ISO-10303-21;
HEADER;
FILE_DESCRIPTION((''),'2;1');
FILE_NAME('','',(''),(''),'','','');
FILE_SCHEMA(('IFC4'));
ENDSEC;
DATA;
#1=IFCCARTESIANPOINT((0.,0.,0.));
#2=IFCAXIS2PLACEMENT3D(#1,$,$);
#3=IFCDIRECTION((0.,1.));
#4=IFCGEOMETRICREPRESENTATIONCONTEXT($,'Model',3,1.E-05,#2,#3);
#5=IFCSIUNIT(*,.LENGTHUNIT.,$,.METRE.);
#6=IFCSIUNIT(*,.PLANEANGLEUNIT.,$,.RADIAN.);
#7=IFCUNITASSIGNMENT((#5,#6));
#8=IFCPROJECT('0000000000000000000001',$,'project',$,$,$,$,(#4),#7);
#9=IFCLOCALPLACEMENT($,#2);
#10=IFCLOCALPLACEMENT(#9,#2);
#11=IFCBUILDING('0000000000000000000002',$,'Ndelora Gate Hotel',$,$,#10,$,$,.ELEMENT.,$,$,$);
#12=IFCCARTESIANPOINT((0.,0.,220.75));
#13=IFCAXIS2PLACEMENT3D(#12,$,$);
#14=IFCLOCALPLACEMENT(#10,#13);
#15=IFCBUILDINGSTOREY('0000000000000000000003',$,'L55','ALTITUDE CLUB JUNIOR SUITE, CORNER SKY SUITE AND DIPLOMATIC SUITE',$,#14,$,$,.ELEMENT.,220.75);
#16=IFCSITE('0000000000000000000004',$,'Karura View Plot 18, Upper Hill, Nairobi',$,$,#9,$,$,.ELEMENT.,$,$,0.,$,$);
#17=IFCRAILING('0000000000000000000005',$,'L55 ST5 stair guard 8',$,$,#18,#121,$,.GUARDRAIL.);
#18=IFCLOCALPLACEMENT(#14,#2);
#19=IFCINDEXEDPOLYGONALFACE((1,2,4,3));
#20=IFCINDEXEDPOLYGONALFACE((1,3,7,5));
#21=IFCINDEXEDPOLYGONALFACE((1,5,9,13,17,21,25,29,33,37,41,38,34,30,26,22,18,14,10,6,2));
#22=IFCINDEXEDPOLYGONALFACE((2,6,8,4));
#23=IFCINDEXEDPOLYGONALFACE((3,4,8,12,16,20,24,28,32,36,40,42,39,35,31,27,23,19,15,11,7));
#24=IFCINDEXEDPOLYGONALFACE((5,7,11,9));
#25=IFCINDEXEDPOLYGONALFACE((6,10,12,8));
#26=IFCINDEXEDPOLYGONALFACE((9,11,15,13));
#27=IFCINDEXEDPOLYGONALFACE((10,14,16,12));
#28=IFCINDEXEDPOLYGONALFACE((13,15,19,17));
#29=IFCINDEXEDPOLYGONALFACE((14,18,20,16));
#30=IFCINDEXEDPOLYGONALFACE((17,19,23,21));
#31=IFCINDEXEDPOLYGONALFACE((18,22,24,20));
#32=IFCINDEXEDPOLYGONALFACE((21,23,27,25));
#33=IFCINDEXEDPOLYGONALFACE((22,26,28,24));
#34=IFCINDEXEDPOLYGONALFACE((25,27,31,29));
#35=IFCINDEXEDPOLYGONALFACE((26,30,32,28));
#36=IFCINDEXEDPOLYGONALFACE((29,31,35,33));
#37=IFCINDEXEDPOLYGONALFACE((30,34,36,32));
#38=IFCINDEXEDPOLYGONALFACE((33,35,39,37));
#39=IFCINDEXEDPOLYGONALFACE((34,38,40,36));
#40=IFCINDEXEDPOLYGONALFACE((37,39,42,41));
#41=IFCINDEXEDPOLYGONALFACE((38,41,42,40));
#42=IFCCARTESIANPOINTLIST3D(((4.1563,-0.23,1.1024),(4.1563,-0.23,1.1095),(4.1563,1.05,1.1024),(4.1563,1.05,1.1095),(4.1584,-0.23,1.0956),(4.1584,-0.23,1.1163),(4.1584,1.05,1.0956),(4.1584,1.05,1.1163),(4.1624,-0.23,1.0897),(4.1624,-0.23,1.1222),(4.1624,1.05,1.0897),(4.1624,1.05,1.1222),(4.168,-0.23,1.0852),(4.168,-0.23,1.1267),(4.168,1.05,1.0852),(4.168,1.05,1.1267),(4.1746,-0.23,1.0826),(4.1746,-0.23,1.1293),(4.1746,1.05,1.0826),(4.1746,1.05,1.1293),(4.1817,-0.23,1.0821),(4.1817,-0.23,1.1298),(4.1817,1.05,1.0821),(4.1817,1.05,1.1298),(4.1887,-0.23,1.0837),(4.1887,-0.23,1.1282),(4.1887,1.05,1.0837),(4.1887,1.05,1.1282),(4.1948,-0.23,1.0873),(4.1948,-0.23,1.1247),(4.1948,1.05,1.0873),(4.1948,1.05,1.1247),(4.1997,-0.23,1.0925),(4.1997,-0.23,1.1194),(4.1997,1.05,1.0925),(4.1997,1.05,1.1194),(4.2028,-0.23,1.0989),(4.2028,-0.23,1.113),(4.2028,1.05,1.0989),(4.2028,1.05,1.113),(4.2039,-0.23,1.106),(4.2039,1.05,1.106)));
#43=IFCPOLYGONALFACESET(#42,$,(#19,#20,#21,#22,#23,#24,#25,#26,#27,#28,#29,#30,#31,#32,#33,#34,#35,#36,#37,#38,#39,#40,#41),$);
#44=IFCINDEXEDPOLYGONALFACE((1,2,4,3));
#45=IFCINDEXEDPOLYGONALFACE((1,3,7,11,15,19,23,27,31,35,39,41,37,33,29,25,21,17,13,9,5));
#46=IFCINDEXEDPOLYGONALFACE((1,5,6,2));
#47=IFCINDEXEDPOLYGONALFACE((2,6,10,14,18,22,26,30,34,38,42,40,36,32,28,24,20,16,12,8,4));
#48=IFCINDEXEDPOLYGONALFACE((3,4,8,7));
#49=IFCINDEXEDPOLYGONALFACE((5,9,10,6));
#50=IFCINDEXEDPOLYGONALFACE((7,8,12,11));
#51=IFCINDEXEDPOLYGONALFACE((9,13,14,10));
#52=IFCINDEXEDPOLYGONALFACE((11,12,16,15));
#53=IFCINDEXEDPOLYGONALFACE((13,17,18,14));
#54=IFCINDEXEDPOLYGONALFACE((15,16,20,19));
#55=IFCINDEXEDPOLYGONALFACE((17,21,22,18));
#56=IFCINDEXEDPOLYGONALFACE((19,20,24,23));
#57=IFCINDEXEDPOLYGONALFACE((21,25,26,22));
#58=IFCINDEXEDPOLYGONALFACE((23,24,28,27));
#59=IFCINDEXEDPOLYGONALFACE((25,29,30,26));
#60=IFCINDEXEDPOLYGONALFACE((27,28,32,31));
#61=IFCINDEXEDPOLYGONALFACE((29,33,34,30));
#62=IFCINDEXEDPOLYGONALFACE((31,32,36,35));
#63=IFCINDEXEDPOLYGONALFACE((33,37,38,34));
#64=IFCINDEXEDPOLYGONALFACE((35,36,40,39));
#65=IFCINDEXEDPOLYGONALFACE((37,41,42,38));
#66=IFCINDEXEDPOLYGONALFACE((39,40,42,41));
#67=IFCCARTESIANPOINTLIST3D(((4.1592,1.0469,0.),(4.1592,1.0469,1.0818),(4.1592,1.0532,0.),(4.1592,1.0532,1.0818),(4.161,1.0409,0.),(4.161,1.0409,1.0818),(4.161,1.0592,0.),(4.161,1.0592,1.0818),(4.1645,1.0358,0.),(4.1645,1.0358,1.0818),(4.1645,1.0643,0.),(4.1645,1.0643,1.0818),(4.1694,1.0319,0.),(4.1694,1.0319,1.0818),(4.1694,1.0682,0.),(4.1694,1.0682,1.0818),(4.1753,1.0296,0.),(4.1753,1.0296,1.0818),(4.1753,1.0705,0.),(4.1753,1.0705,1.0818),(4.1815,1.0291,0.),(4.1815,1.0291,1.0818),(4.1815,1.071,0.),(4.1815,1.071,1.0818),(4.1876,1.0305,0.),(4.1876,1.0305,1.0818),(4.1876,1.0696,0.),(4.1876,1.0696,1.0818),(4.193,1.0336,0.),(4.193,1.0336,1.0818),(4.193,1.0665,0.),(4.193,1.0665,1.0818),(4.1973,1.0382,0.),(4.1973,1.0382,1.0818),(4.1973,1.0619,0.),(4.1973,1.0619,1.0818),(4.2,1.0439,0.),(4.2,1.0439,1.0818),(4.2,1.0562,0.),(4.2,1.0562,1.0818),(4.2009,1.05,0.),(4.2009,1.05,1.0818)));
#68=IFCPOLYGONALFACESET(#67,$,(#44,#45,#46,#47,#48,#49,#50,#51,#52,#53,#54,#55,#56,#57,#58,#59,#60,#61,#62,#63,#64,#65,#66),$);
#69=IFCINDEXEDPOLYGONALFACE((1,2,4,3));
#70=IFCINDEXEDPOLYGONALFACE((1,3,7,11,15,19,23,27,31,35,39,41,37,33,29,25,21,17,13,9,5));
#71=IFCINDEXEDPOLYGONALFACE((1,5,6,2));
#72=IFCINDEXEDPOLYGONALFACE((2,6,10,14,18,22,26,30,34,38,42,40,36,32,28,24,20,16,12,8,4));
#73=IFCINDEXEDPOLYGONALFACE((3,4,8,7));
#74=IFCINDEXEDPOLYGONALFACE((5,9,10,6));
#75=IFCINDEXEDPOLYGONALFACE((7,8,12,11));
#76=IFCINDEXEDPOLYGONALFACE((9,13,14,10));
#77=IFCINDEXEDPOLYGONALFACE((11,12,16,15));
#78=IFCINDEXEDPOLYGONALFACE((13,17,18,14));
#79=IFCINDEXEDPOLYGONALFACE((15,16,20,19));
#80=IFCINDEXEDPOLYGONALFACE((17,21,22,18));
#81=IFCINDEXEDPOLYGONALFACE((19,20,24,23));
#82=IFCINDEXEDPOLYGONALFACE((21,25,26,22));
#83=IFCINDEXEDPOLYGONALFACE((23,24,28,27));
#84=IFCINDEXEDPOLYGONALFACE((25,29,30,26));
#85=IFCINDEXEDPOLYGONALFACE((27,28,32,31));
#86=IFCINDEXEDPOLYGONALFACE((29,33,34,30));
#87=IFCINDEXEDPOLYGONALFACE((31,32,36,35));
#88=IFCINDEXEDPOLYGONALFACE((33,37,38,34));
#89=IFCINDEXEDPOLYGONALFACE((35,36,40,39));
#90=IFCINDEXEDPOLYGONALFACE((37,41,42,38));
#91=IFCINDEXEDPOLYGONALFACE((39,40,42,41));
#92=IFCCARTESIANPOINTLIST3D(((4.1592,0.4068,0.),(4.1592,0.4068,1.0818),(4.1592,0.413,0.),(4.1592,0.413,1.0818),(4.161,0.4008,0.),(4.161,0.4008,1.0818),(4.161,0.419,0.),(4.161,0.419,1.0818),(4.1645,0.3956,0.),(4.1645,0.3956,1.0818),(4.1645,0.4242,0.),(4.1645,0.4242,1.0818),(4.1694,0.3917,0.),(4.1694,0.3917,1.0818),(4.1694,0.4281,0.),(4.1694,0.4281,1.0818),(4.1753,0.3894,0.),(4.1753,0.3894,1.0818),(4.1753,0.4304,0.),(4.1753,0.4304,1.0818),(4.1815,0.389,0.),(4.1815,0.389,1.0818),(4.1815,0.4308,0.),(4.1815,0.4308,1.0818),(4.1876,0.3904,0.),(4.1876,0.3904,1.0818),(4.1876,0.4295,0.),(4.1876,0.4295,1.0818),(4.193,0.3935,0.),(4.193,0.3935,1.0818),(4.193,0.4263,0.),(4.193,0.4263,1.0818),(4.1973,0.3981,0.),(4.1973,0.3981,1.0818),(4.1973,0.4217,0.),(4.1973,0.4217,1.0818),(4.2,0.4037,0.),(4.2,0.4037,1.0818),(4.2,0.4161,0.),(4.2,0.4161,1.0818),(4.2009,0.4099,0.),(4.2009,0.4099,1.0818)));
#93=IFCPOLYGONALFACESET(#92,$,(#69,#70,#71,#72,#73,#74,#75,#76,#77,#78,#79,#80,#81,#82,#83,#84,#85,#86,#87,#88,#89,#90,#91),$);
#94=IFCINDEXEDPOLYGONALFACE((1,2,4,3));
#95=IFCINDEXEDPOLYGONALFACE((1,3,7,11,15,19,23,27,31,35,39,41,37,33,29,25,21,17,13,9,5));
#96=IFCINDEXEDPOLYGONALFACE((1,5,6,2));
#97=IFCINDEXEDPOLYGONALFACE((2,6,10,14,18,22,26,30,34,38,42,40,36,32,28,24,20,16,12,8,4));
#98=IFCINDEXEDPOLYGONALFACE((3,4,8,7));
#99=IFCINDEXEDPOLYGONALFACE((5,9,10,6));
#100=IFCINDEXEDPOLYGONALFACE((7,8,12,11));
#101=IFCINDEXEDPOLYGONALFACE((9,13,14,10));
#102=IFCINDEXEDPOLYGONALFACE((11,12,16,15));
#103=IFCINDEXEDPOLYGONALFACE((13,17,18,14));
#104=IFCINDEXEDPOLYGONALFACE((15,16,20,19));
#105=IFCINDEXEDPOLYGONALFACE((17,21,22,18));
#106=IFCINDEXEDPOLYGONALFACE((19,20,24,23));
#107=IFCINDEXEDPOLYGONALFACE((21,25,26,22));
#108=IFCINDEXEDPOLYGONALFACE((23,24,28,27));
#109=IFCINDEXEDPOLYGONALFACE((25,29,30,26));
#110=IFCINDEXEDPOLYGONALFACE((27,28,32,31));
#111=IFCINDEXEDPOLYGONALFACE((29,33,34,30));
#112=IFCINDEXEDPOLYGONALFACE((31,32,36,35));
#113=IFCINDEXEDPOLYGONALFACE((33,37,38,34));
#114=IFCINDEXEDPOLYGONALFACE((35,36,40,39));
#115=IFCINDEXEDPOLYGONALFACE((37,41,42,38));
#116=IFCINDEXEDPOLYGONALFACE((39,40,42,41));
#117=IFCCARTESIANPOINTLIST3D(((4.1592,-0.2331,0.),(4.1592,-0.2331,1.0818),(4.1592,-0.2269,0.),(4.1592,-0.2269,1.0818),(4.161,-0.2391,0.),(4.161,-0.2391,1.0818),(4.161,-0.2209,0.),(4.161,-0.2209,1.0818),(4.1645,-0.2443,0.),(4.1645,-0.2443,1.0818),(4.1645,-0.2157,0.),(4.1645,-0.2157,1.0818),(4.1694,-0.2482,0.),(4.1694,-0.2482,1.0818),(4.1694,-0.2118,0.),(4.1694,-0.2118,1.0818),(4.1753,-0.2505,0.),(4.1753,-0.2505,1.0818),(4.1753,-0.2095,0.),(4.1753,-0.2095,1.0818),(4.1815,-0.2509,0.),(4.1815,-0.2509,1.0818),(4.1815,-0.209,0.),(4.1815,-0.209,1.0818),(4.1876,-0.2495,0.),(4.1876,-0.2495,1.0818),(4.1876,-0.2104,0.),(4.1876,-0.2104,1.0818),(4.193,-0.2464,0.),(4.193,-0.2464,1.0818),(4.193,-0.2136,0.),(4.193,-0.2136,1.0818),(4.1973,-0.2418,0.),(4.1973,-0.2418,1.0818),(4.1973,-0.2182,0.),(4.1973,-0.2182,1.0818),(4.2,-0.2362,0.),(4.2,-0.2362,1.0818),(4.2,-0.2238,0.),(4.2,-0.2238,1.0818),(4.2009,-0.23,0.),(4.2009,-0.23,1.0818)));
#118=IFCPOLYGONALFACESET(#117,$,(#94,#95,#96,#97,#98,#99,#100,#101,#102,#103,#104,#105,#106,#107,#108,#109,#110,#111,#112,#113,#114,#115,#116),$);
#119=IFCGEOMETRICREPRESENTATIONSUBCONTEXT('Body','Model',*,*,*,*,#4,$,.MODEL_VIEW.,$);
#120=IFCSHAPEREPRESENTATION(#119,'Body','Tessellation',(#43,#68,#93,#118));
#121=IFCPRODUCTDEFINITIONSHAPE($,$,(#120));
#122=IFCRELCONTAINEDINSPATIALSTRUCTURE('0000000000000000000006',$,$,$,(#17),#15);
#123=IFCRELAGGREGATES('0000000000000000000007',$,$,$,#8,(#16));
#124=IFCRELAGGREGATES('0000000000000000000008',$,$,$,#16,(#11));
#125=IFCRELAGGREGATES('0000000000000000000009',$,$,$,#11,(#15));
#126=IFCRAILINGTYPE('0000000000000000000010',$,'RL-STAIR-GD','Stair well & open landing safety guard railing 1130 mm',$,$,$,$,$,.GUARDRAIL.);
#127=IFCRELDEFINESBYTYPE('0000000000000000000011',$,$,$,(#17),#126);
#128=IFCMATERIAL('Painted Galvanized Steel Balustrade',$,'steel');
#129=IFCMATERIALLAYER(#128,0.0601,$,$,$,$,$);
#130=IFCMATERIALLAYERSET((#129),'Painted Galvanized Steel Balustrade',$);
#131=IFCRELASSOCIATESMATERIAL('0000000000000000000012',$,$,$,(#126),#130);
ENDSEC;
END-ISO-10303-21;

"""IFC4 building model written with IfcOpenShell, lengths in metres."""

from ifc_helpers import new_model, si_unit, direction, frame, origin, origin_2d, place, context, subcontext, project, spatial, circle, extrude, material, layer, layer_set, type_object, element, save


model = new_model("IFC4")

# Units and contexts
model_context = context("Model", 3, precision=1e-05, world=origin(), true_north=direction((0.0, 1.0)))
body_context = subcontext(model_context, "Body", "Model", "MODEL_VIEW")
ifc_project = project(units=[si_unit("LENGTHUNIT", "METRE"), si_unit("PLANEANGLEUNIT", "RADIAN")], contexts=[model_context])

# Site, building, storey
site_placement = place(None, origin())
site = spatial("IfcSite", under=ifc_project, at=site_placement, Name="Karura View Plot 18, Upper Hill, Nairobi", CompositionType="ELEMENT", RefElevation=0.0)
building_placement = place(site_placement, origin())
building = spatial("IfcBuilding", under=site, at=building_placement, Name="Ndelora Gate Hotel", CompositionType="ELEMENT")
storey_placement = place(building_placement, frame((0.0, 0.0, 220.75)))
storey = spatial("IfcBuildingStorey", under=building, at=storey_placement, Name="L55", Description="ALTITUDE CLUB JUNIOR SUITE, CORNER SKY SUITE AND DIPLOMATIC SUITE", CompositionType="ELEMENT", Elevation=220.75)

# Railing
ifc_material_1 = material(Name="Painted Galvanized Steel Balustrade", Category="steel")
ifc_layer_1 = layer(ifc_material_1, 0.0601)
ifc_layer_set_1 = layer_set([ifc_layer_1], Name="Painted Galvanized Steel Balustrade")
railing_type = type_object("IfcRailingType", Name="RL-STAIR-GD", Description="Stair well & open landing safety guard railing 1130 mm", PredefinedType="GUARDRAIL", material=ifc_layer_set_1)
for number, where, name in (
    (1, (4.1799, 1.05, 0.0), "L55 ST5 stair guard 8"),
):
    element("IfcRailing", number, at=place(storey_placement, frame(where)), inside=storey, type_object=railing_type, Name=name, PredefinedType="GUARDRAIL", context=body_context, shape_type="SweptSolid", body=[
        extrude(circle(Radius=0.0239, at=origin_2d()), frame((0.0, 0.0, 1.106), z_axis=(0.0, -1.0, 0.0), x_axis=(1.0, 0.0, 0.0)), (0.0, 0.0, 1.0), 1.28),
        extrude(circle(Radius=0.021, at=origin_2d()), origin(), (0.0, 0.0, 1.0), 1.0818),
        extrude(circle(Radius=0.021, at=origin_2d()), frame((0.0, -0.6401, 0.0)), (0.0, 0.0, 1.0), 1.0818),
        extrude(circle(Radius=0.021, at=origin_2d()), frame((0.0, -1.28, 0.0)), (0.0, 0.0, 1.0), 1.0818),
    ])

save(model, "model.ifc")
